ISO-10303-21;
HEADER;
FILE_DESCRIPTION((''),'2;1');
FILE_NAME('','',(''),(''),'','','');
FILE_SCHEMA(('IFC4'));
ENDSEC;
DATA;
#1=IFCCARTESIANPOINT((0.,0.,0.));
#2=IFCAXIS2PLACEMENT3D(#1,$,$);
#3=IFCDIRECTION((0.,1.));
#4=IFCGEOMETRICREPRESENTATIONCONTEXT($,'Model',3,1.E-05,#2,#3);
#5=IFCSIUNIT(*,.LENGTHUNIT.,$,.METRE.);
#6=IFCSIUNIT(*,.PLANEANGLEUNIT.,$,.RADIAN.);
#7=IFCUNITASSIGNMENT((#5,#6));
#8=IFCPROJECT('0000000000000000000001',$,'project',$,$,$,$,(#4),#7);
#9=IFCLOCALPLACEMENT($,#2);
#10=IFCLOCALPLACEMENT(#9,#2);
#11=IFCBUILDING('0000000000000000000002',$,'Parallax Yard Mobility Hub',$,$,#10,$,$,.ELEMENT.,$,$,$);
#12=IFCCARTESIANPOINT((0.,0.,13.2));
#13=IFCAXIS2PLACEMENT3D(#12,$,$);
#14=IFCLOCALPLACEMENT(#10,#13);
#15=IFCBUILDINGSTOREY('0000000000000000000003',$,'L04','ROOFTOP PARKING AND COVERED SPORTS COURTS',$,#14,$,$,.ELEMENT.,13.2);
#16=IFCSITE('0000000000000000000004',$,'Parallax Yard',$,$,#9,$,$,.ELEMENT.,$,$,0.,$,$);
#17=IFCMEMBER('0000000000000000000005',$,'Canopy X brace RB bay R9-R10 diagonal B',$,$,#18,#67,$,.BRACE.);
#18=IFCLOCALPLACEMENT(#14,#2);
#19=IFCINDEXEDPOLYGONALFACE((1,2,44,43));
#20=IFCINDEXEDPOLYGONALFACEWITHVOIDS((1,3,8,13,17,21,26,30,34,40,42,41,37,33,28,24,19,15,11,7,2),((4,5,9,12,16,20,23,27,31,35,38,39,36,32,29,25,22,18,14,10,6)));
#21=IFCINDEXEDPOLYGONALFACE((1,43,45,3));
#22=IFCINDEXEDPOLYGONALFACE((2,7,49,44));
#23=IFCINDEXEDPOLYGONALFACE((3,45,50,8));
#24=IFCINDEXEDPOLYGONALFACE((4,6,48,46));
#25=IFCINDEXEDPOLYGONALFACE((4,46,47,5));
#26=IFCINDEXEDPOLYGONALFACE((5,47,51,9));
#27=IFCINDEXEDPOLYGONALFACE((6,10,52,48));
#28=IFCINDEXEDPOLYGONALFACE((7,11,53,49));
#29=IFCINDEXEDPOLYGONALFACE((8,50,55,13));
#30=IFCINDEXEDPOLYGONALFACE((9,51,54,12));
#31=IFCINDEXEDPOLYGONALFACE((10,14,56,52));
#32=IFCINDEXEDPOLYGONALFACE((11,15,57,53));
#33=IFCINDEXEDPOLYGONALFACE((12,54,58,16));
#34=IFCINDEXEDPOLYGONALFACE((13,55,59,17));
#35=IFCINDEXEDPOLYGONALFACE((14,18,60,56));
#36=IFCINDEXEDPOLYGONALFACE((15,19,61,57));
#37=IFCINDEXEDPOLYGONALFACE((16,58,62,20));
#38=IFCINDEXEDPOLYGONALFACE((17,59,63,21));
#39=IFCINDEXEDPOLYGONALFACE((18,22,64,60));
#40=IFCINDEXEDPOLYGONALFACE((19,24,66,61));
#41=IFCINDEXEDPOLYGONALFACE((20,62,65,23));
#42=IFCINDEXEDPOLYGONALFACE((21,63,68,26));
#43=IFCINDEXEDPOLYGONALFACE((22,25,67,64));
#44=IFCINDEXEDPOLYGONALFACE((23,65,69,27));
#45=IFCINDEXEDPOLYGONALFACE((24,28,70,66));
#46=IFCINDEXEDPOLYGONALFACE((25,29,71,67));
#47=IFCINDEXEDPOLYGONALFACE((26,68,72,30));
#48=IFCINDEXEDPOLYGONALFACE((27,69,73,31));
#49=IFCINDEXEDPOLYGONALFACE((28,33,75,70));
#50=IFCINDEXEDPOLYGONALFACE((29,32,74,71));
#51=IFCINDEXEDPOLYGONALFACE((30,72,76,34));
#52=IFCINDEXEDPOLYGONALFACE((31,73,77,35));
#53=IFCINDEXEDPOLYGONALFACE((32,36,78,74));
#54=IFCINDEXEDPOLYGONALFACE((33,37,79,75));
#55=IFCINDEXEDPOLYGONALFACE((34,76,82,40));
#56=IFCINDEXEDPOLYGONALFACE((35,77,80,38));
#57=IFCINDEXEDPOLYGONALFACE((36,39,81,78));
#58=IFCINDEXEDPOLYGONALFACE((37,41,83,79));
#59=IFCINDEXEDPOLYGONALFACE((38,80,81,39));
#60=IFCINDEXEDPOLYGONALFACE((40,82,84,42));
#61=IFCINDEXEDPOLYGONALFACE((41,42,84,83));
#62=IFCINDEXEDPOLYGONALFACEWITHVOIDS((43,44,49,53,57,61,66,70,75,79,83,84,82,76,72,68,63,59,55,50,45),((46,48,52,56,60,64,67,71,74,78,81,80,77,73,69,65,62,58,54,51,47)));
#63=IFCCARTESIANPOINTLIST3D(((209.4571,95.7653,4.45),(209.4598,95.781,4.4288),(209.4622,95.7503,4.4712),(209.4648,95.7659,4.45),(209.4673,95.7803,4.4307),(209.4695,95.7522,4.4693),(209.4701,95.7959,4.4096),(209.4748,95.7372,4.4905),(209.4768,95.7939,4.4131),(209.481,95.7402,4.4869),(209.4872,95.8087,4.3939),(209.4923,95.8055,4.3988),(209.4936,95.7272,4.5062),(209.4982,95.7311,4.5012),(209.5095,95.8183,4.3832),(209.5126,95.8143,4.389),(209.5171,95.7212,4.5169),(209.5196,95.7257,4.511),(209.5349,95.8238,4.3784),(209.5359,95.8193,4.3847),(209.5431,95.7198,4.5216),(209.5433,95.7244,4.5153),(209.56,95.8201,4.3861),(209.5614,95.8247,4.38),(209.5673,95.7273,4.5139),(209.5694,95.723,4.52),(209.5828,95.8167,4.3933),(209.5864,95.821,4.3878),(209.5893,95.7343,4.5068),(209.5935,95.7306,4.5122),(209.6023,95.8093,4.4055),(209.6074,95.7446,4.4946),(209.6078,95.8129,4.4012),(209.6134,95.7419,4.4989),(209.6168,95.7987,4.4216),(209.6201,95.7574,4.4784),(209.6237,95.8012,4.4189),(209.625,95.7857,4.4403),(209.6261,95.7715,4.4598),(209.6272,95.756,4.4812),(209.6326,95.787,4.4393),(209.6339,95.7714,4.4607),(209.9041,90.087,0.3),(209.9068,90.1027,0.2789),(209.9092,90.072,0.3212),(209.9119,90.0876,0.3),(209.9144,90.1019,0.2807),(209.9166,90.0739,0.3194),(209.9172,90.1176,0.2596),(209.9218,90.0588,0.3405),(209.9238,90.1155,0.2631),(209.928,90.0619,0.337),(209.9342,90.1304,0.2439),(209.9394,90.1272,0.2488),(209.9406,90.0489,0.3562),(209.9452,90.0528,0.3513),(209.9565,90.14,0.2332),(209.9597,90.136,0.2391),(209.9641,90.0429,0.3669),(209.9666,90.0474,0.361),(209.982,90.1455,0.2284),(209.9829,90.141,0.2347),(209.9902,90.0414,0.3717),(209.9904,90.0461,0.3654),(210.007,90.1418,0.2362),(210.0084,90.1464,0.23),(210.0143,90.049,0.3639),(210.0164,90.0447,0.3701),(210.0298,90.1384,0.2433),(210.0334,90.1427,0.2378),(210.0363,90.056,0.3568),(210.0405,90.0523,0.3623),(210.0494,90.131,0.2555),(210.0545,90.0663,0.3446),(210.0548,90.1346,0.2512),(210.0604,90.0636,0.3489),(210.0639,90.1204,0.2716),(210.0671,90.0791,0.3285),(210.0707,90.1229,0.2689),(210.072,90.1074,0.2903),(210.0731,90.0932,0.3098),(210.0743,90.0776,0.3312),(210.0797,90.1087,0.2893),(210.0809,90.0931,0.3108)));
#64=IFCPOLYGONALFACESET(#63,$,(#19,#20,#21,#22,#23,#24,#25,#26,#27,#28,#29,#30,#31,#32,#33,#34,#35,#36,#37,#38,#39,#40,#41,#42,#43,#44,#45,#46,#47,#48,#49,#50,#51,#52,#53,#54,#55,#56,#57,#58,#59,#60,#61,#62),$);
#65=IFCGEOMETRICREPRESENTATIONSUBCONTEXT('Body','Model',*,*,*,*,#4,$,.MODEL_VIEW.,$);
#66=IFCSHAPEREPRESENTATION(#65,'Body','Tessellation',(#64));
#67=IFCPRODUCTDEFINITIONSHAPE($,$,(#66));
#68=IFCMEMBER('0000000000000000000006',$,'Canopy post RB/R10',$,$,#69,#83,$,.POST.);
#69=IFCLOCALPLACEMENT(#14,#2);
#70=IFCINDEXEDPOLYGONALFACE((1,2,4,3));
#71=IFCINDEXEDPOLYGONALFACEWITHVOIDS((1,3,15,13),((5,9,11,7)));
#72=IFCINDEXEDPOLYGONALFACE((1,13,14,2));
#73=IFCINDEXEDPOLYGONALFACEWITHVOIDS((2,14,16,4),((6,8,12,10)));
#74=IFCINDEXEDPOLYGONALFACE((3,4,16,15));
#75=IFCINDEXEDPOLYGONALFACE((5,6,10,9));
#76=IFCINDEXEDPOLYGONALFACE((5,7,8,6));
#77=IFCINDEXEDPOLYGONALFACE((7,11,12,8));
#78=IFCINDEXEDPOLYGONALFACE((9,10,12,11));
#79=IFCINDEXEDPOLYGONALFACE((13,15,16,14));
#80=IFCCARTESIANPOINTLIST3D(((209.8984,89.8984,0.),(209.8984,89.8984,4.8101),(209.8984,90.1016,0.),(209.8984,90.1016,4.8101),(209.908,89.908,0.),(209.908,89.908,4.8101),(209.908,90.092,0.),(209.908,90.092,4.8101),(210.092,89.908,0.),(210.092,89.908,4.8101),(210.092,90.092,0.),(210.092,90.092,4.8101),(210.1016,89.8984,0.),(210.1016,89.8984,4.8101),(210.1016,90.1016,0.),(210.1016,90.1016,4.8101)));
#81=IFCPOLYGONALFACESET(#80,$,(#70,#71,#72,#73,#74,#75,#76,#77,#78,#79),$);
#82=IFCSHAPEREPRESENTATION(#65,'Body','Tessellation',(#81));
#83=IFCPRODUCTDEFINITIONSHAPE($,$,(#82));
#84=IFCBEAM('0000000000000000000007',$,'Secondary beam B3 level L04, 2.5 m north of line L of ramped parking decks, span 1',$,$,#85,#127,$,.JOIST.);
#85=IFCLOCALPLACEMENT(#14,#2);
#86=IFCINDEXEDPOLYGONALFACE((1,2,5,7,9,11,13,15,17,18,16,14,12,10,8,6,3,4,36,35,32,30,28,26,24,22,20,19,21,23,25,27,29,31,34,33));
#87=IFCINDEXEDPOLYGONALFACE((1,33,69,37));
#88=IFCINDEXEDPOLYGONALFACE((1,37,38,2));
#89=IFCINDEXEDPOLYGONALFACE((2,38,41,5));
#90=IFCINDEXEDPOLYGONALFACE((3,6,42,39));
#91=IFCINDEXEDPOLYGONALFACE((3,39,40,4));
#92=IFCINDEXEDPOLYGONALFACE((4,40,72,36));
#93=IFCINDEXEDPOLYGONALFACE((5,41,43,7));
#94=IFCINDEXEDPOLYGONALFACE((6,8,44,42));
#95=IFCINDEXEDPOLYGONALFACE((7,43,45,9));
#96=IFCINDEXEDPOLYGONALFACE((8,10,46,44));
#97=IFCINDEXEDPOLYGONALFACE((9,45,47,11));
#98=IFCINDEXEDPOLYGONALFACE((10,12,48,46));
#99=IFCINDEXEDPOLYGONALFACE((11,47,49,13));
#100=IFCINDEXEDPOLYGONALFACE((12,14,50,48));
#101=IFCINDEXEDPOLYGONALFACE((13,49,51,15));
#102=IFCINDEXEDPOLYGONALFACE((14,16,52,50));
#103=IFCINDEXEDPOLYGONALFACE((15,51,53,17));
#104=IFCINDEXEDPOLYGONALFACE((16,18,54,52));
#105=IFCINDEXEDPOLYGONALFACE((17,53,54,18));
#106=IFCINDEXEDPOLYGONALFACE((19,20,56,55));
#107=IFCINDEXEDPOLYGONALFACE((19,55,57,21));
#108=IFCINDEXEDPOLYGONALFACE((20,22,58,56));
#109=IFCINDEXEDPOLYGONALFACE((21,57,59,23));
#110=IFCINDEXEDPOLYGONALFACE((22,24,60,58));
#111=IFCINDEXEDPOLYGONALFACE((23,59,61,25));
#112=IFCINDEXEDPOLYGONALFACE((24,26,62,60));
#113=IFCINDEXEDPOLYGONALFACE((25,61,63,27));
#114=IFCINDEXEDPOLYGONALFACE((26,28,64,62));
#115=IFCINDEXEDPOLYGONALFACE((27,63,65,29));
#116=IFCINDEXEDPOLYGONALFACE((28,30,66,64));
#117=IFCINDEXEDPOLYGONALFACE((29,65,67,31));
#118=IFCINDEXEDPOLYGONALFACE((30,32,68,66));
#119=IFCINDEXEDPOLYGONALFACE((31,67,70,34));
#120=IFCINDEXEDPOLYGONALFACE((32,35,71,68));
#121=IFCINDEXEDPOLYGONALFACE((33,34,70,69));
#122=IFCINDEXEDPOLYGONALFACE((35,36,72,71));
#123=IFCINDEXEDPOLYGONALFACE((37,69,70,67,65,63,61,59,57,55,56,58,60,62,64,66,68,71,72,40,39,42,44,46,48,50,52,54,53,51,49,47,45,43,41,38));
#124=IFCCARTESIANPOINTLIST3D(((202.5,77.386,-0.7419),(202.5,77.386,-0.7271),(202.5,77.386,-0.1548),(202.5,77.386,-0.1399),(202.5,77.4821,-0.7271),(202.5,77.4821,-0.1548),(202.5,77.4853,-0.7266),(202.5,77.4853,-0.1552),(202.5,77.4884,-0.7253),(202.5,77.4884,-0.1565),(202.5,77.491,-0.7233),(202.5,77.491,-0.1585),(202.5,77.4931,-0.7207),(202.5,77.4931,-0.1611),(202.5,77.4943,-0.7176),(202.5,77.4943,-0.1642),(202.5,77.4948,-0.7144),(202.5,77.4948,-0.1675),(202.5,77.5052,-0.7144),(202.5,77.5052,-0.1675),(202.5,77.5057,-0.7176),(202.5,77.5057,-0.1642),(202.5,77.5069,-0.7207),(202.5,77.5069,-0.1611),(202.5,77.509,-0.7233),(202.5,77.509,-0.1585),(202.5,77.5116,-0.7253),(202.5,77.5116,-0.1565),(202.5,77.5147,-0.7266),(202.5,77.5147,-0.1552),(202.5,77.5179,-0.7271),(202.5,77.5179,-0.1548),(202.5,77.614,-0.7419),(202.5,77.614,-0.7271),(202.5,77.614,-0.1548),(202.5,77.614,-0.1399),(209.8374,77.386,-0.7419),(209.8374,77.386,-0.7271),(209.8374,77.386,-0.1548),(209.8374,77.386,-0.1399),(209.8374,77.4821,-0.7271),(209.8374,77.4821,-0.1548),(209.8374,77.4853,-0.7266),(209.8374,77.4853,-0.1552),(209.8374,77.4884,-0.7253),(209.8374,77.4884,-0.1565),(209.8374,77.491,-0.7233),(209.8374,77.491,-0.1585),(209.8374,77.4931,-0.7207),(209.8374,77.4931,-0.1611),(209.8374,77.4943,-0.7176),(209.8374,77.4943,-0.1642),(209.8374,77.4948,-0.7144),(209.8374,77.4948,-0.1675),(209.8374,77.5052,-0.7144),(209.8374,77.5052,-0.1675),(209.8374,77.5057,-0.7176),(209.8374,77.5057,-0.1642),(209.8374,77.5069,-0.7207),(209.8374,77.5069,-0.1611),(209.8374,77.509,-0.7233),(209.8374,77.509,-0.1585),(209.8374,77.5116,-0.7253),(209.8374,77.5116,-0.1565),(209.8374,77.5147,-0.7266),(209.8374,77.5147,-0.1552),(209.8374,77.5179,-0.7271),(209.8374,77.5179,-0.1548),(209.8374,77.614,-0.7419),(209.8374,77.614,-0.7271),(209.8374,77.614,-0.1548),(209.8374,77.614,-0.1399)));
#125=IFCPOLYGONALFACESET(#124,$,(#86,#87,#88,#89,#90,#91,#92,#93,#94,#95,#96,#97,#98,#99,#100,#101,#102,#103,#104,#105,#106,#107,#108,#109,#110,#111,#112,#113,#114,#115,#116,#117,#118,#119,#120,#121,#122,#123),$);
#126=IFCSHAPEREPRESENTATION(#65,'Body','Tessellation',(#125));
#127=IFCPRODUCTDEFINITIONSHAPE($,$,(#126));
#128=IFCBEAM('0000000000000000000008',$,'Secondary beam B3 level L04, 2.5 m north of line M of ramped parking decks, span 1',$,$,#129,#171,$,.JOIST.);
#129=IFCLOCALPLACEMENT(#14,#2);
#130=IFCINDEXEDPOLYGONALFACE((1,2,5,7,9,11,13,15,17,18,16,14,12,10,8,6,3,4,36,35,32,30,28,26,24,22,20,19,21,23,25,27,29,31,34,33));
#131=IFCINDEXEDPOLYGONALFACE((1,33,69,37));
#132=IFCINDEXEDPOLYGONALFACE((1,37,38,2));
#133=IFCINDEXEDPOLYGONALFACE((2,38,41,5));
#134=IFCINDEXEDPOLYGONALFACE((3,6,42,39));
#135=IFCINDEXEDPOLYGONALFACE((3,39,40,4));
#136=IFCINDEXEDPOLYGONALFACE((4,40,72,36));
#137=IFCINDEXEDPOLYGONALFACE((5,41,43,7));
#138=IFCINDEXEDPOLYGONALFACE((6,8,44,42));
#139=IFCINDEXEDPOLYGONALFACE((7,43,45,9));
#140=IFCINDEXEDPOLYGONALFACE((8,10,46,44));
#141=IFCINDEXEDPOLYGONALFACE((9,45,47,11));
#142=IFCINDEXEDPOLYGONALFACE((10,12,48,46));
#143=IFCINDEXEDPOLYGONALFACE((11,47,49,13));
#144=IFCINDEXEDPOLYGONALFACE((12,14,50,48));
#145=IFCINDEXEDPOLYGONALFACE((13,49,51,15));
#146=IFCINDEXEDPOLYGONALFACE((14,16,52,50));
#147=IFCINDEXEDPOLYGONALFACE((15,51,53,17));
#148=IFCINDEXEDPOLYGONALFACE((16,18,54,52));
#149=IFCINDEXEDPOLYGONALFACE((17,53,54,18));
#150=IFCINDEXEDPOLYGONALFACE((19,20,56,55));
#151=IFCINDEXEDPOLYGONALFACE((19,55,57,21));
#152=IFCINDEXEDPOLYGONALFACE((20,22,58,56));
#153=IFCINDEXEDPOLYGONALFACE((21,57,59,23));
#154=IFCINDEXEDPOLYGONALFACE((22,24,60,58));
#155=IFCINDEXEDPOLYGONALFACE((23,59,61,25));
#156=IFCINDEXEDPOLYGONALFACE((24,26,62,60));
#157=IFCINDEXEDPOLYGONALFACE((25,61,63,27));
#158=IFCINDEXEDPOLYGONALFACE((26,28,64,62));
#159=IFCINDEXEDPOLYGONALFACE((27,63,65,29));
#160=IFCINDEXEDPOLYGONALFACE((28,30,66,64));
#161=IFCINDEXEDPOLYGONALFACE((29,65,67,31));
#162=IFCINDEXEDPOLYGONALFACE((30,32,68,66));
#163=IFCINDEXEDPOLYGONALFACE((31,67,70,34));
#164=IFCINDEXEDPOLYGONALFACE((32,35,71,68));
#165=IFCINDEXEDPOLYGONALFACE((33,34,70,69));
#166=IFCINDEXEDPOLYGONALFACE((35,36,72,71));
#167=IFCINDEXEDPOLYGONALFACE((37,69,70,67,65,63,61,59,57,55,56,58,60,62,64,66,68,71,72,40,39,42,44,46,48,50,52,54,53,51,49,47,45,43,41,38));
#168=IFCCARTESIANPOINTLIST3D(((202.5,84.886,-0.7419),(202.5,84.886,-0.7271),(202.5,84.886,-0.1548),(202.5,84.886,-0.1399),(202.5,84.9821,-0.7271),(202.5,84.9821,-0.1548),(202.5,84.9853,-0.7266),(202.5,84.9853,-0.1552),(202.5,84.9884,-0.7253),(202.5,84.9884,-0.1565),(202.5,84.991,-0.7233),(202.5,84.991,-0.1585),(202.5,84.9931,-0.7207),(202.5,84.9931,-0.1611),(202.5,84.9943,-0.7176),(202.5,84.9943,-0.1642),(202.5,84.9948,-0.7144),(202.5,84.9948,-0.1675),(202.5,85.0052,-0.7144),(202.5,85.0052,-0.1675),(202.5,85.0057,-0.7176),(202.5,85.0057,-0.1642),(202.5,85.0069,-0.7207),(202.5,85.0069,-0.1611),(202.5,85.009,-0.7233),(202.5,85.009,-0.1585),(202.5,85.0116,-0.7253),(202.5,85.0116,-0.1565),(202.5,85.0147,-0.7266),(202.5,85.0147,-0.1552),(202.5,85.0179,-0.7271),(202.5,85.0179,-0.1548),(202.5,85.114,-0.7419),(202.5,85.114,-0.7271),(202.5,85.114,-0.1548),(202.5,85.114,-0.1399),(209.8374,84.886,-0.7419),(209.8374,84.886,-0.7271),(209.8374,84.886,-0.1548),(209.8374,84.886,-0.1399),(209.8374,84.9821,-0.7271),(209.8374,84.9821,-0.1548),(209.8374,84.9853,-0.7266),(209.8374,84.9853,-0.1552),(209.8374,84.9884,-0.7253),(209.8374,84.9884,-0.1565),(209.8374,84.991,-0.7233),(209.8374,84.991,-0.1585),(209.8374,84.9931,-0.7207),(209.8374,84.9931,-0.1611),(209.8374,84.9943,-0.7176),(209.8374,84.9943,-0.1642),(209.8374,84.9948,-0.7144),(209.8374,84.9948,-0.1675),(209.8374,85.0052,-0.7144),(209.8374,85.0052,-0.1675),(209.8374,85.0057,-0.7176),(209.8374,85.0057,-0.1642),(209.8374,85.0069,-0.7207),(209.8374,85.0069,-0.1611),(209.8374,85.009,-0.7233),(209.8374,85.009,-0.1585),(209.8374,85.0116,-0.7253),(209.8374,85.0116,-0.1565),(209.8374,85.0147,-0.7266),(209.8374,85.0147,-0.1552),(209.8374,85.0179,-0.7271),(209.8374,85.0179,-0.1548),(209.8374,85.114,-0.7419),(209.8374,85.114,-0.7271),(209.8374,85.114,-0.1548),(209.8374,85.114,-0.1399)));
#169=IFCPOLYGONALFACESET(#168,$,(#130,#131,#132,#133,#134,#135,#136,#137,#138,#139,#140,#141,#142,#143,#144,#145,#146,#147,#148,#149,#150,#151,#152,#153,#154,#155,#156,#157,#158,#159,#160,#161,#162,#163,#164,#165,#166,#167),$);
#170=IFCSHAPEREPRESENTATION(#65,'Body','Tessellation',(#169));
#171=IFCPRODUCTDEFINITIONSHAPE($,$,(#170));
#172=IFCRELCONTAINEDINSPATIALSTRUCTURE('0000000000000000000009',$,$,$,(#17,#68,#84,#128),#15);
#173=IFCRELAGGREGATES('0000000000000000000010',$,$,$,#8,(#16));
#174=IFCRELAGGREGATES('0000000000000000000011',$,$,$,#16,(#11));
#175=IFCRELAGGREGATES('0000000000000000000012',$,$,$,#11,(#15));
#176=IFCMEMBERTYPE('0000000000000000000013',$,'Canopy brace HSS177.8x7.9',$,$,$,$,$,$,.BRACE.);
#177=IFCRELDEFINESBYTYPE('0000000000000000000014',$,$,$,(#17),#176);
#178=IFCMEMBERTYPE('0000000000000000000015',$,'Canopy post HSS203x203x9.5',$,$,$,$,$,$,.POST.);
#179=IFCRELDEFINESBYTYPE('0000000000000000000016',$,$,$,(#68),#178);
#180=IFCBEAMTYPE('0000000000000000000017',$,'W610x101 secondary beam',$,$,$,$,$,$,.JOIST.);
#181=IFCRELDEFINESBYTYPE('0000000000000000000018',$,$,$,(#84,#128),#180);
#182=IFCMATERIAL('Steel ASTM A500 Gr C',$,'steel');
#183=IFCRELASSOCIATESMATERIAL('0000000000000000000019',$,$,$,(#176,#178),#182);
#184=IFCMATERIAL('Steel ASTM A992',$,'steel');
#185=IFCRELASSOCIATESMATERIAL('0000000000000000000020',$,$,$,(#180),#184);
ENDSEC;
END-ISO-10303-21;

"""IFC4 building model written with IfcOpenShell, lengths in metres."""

from ifc_helpers import new_model, si_unit, direction, frame, origin, origin_2d, place, context, subcontext, project, spatial, hollow_rectangle, hollow_circle, i_section, extrude, material, material_profile, profile_set, type_object, element, save


model = new_model("IFC4")

# Units and contexts
model_context = context("Model", 3, precision=1e-05, world=origin(), true_north=direction((0.0, 1.0)))
body_context = subcontext(model_context, "Body", "Model", "MODEL_VIEW")
ifc_project = project(units=[si_unit("LENGTHUNIT", "METRE"), si_unit("PLANEANGLEUNIT", "RADIAN")], contexts=[model_context])

# Site, building, storey
site_placement = place(None, origin())
site = spatial("IfcSite", under=ifc_project, at=site_placement, Name="Parallax Yard", CompositionType="ELEMENT", RefElevation=0.0)
building_placement = place(site_placement, origin())
building = spatial("IfcBuilding", under=site, at=building_placement, Name="Parallax Yard Mobility Hub", CompositionType="ELEMENT")
storey_placement = place(building_placement, frame((0.0, 0.0, 13.2)))
storey = spatial("IfcBuildingStorey", under=building, at=storey_placement, Name="L04", Description="ROOFTOP PARKING AND COVERED SPORTS COURTS", CompositionType="ELEMENT", Elevation=13.2)

# Members
ifc_material_1 = material(Name="Steel ASTM A500 Gr C", Category="steel")
ifc_material_profile_1 = material_profile(ifc_material_1, hollow_circle(Radius=0.0889, WallThickness=0.0078, at=origin_2d()), Name="HSS177.8x7.9")
ifc_profile_set_1 = profile_set([ifc_material_profile_1], Name="Steel ASTM A500 Gr C")
member_type_1 = type_object("IfcMemberType", Name="Canopy brace HSS177.8x7.9", PredefinedType="BRACE", material=ifc_profile_set_1)
member_1_placement = place(storey_placement, frame((209.9927, 90.094, 0.3), z_axis=(-0.063432, 0.805736, 0.588868), x_axis=(-0.996915, -0.078483, 0.0)))
element("IfcMember", 1, at=member_1_placement, inside=storey, type_object=member_type_1, Name="Canopy X brace RB bay R9-R10 diagonal B", PredefinedType="BRACE", context=body_context, shape_type="SweptSolid", body=[
    extrude(hollow_circle(Radius=0.0889, WallThickness=0.0078, at=origin_2d()), origin(), (0.0, 0.0, 1.0), 7.0474),
])
ifc_material_profile_2 = material_profile(ifc_material_1, hollow_rectangle(XDim=0.2031, YDim=0.2031, WallThickness=0.0095, at=origin_2d()), Name="HSS203x203x9.5")
ifc_profile_set_2 = profile_set([ifc_material_profile_2], Name="Steel ASTM A500 Gr C")
member_type_2 = type_object("IfcMemberType", Name="Canopy post HSS203x203x9.5", PredefinedType="POST", material=ifc_profile_set_2)
member_2_placement = place(storey_placement, frame((210.0, 90.0, 0.0), z_axis=(0.0, 0.0, 1.0), x_axis=(1.0, 0.0, 0.0)))
element("IfcMember", 2, at=member_2_placement, inside=storey, type_object=member_type_2, Name="Canopy post RB/R10", PredefinedType="POST", context=body_context, shape_type="SweptSolid", body=[
    extrude(hollow_rectangle(XDim=0.2031, YDim=0.2031, WallThickness=0.0095, at=origin_2d()), origin(), (0.0, 0.0, 1.0), 4.8101),
])

# Beams
ifc_material_2 = material(Name="Steel ASTM A992", Category="steel")
ifc_material_profile_3 = material_profile(ifc_material_2, i_section(OverallWidth=0.228, OverallDepth=0.6021, WebThickness=0.0105, FlangeThickness=0.0149, FilletRadius=0.0127, at=origin_2d()), Name="W610x101")
ifc_profile_set_3 = profile_set([ifc_material_profile_3], Name="Steel ASTM A992")
beam_type_1 = type_object("IfcBeamType", Name="W610x101 secondary beam", PredefinedType="JOIST", material=ifc_profile_set_3)
for number, where, z_axis, x_axis, name in (
    (3, (202.5, 77.5, -0.4409), (1.0, 0.0, 0.0), (0.0, 1.0, 0.0), "Secondary beam B3 level L04, 2.5 m north of line L of ramped parking decks, span 1"),
    (4, (202.5, 85.0, -0.4409), (1.0, 0.0, 0.0), (0.0, 1.0, 0.0), "Secondary beam B3 level L04, 2.5 m north of line M of ramped parking decks, span 1"),
):
    element("IfcBeam", number, at=place(storey_placement, frame(where, z_axis=z_axis, x_axis=x_axis)), inside=storey, type_object=beam_type_1, Name=name, PredefinedType="JOIST", context=body_context, shape_type="SweptSolid", body=[
        extrude(i_section(OverallWidth=0.228, OverallDepth=0.6021, WebThickness=0.0105, FlangeThickness=0.0149, FilletRadius=0.0127, at=origin_2d()), origin(), (0.0, 0.0, 1.0), 7.3374),
    ])

save(model, "model.ifc")
